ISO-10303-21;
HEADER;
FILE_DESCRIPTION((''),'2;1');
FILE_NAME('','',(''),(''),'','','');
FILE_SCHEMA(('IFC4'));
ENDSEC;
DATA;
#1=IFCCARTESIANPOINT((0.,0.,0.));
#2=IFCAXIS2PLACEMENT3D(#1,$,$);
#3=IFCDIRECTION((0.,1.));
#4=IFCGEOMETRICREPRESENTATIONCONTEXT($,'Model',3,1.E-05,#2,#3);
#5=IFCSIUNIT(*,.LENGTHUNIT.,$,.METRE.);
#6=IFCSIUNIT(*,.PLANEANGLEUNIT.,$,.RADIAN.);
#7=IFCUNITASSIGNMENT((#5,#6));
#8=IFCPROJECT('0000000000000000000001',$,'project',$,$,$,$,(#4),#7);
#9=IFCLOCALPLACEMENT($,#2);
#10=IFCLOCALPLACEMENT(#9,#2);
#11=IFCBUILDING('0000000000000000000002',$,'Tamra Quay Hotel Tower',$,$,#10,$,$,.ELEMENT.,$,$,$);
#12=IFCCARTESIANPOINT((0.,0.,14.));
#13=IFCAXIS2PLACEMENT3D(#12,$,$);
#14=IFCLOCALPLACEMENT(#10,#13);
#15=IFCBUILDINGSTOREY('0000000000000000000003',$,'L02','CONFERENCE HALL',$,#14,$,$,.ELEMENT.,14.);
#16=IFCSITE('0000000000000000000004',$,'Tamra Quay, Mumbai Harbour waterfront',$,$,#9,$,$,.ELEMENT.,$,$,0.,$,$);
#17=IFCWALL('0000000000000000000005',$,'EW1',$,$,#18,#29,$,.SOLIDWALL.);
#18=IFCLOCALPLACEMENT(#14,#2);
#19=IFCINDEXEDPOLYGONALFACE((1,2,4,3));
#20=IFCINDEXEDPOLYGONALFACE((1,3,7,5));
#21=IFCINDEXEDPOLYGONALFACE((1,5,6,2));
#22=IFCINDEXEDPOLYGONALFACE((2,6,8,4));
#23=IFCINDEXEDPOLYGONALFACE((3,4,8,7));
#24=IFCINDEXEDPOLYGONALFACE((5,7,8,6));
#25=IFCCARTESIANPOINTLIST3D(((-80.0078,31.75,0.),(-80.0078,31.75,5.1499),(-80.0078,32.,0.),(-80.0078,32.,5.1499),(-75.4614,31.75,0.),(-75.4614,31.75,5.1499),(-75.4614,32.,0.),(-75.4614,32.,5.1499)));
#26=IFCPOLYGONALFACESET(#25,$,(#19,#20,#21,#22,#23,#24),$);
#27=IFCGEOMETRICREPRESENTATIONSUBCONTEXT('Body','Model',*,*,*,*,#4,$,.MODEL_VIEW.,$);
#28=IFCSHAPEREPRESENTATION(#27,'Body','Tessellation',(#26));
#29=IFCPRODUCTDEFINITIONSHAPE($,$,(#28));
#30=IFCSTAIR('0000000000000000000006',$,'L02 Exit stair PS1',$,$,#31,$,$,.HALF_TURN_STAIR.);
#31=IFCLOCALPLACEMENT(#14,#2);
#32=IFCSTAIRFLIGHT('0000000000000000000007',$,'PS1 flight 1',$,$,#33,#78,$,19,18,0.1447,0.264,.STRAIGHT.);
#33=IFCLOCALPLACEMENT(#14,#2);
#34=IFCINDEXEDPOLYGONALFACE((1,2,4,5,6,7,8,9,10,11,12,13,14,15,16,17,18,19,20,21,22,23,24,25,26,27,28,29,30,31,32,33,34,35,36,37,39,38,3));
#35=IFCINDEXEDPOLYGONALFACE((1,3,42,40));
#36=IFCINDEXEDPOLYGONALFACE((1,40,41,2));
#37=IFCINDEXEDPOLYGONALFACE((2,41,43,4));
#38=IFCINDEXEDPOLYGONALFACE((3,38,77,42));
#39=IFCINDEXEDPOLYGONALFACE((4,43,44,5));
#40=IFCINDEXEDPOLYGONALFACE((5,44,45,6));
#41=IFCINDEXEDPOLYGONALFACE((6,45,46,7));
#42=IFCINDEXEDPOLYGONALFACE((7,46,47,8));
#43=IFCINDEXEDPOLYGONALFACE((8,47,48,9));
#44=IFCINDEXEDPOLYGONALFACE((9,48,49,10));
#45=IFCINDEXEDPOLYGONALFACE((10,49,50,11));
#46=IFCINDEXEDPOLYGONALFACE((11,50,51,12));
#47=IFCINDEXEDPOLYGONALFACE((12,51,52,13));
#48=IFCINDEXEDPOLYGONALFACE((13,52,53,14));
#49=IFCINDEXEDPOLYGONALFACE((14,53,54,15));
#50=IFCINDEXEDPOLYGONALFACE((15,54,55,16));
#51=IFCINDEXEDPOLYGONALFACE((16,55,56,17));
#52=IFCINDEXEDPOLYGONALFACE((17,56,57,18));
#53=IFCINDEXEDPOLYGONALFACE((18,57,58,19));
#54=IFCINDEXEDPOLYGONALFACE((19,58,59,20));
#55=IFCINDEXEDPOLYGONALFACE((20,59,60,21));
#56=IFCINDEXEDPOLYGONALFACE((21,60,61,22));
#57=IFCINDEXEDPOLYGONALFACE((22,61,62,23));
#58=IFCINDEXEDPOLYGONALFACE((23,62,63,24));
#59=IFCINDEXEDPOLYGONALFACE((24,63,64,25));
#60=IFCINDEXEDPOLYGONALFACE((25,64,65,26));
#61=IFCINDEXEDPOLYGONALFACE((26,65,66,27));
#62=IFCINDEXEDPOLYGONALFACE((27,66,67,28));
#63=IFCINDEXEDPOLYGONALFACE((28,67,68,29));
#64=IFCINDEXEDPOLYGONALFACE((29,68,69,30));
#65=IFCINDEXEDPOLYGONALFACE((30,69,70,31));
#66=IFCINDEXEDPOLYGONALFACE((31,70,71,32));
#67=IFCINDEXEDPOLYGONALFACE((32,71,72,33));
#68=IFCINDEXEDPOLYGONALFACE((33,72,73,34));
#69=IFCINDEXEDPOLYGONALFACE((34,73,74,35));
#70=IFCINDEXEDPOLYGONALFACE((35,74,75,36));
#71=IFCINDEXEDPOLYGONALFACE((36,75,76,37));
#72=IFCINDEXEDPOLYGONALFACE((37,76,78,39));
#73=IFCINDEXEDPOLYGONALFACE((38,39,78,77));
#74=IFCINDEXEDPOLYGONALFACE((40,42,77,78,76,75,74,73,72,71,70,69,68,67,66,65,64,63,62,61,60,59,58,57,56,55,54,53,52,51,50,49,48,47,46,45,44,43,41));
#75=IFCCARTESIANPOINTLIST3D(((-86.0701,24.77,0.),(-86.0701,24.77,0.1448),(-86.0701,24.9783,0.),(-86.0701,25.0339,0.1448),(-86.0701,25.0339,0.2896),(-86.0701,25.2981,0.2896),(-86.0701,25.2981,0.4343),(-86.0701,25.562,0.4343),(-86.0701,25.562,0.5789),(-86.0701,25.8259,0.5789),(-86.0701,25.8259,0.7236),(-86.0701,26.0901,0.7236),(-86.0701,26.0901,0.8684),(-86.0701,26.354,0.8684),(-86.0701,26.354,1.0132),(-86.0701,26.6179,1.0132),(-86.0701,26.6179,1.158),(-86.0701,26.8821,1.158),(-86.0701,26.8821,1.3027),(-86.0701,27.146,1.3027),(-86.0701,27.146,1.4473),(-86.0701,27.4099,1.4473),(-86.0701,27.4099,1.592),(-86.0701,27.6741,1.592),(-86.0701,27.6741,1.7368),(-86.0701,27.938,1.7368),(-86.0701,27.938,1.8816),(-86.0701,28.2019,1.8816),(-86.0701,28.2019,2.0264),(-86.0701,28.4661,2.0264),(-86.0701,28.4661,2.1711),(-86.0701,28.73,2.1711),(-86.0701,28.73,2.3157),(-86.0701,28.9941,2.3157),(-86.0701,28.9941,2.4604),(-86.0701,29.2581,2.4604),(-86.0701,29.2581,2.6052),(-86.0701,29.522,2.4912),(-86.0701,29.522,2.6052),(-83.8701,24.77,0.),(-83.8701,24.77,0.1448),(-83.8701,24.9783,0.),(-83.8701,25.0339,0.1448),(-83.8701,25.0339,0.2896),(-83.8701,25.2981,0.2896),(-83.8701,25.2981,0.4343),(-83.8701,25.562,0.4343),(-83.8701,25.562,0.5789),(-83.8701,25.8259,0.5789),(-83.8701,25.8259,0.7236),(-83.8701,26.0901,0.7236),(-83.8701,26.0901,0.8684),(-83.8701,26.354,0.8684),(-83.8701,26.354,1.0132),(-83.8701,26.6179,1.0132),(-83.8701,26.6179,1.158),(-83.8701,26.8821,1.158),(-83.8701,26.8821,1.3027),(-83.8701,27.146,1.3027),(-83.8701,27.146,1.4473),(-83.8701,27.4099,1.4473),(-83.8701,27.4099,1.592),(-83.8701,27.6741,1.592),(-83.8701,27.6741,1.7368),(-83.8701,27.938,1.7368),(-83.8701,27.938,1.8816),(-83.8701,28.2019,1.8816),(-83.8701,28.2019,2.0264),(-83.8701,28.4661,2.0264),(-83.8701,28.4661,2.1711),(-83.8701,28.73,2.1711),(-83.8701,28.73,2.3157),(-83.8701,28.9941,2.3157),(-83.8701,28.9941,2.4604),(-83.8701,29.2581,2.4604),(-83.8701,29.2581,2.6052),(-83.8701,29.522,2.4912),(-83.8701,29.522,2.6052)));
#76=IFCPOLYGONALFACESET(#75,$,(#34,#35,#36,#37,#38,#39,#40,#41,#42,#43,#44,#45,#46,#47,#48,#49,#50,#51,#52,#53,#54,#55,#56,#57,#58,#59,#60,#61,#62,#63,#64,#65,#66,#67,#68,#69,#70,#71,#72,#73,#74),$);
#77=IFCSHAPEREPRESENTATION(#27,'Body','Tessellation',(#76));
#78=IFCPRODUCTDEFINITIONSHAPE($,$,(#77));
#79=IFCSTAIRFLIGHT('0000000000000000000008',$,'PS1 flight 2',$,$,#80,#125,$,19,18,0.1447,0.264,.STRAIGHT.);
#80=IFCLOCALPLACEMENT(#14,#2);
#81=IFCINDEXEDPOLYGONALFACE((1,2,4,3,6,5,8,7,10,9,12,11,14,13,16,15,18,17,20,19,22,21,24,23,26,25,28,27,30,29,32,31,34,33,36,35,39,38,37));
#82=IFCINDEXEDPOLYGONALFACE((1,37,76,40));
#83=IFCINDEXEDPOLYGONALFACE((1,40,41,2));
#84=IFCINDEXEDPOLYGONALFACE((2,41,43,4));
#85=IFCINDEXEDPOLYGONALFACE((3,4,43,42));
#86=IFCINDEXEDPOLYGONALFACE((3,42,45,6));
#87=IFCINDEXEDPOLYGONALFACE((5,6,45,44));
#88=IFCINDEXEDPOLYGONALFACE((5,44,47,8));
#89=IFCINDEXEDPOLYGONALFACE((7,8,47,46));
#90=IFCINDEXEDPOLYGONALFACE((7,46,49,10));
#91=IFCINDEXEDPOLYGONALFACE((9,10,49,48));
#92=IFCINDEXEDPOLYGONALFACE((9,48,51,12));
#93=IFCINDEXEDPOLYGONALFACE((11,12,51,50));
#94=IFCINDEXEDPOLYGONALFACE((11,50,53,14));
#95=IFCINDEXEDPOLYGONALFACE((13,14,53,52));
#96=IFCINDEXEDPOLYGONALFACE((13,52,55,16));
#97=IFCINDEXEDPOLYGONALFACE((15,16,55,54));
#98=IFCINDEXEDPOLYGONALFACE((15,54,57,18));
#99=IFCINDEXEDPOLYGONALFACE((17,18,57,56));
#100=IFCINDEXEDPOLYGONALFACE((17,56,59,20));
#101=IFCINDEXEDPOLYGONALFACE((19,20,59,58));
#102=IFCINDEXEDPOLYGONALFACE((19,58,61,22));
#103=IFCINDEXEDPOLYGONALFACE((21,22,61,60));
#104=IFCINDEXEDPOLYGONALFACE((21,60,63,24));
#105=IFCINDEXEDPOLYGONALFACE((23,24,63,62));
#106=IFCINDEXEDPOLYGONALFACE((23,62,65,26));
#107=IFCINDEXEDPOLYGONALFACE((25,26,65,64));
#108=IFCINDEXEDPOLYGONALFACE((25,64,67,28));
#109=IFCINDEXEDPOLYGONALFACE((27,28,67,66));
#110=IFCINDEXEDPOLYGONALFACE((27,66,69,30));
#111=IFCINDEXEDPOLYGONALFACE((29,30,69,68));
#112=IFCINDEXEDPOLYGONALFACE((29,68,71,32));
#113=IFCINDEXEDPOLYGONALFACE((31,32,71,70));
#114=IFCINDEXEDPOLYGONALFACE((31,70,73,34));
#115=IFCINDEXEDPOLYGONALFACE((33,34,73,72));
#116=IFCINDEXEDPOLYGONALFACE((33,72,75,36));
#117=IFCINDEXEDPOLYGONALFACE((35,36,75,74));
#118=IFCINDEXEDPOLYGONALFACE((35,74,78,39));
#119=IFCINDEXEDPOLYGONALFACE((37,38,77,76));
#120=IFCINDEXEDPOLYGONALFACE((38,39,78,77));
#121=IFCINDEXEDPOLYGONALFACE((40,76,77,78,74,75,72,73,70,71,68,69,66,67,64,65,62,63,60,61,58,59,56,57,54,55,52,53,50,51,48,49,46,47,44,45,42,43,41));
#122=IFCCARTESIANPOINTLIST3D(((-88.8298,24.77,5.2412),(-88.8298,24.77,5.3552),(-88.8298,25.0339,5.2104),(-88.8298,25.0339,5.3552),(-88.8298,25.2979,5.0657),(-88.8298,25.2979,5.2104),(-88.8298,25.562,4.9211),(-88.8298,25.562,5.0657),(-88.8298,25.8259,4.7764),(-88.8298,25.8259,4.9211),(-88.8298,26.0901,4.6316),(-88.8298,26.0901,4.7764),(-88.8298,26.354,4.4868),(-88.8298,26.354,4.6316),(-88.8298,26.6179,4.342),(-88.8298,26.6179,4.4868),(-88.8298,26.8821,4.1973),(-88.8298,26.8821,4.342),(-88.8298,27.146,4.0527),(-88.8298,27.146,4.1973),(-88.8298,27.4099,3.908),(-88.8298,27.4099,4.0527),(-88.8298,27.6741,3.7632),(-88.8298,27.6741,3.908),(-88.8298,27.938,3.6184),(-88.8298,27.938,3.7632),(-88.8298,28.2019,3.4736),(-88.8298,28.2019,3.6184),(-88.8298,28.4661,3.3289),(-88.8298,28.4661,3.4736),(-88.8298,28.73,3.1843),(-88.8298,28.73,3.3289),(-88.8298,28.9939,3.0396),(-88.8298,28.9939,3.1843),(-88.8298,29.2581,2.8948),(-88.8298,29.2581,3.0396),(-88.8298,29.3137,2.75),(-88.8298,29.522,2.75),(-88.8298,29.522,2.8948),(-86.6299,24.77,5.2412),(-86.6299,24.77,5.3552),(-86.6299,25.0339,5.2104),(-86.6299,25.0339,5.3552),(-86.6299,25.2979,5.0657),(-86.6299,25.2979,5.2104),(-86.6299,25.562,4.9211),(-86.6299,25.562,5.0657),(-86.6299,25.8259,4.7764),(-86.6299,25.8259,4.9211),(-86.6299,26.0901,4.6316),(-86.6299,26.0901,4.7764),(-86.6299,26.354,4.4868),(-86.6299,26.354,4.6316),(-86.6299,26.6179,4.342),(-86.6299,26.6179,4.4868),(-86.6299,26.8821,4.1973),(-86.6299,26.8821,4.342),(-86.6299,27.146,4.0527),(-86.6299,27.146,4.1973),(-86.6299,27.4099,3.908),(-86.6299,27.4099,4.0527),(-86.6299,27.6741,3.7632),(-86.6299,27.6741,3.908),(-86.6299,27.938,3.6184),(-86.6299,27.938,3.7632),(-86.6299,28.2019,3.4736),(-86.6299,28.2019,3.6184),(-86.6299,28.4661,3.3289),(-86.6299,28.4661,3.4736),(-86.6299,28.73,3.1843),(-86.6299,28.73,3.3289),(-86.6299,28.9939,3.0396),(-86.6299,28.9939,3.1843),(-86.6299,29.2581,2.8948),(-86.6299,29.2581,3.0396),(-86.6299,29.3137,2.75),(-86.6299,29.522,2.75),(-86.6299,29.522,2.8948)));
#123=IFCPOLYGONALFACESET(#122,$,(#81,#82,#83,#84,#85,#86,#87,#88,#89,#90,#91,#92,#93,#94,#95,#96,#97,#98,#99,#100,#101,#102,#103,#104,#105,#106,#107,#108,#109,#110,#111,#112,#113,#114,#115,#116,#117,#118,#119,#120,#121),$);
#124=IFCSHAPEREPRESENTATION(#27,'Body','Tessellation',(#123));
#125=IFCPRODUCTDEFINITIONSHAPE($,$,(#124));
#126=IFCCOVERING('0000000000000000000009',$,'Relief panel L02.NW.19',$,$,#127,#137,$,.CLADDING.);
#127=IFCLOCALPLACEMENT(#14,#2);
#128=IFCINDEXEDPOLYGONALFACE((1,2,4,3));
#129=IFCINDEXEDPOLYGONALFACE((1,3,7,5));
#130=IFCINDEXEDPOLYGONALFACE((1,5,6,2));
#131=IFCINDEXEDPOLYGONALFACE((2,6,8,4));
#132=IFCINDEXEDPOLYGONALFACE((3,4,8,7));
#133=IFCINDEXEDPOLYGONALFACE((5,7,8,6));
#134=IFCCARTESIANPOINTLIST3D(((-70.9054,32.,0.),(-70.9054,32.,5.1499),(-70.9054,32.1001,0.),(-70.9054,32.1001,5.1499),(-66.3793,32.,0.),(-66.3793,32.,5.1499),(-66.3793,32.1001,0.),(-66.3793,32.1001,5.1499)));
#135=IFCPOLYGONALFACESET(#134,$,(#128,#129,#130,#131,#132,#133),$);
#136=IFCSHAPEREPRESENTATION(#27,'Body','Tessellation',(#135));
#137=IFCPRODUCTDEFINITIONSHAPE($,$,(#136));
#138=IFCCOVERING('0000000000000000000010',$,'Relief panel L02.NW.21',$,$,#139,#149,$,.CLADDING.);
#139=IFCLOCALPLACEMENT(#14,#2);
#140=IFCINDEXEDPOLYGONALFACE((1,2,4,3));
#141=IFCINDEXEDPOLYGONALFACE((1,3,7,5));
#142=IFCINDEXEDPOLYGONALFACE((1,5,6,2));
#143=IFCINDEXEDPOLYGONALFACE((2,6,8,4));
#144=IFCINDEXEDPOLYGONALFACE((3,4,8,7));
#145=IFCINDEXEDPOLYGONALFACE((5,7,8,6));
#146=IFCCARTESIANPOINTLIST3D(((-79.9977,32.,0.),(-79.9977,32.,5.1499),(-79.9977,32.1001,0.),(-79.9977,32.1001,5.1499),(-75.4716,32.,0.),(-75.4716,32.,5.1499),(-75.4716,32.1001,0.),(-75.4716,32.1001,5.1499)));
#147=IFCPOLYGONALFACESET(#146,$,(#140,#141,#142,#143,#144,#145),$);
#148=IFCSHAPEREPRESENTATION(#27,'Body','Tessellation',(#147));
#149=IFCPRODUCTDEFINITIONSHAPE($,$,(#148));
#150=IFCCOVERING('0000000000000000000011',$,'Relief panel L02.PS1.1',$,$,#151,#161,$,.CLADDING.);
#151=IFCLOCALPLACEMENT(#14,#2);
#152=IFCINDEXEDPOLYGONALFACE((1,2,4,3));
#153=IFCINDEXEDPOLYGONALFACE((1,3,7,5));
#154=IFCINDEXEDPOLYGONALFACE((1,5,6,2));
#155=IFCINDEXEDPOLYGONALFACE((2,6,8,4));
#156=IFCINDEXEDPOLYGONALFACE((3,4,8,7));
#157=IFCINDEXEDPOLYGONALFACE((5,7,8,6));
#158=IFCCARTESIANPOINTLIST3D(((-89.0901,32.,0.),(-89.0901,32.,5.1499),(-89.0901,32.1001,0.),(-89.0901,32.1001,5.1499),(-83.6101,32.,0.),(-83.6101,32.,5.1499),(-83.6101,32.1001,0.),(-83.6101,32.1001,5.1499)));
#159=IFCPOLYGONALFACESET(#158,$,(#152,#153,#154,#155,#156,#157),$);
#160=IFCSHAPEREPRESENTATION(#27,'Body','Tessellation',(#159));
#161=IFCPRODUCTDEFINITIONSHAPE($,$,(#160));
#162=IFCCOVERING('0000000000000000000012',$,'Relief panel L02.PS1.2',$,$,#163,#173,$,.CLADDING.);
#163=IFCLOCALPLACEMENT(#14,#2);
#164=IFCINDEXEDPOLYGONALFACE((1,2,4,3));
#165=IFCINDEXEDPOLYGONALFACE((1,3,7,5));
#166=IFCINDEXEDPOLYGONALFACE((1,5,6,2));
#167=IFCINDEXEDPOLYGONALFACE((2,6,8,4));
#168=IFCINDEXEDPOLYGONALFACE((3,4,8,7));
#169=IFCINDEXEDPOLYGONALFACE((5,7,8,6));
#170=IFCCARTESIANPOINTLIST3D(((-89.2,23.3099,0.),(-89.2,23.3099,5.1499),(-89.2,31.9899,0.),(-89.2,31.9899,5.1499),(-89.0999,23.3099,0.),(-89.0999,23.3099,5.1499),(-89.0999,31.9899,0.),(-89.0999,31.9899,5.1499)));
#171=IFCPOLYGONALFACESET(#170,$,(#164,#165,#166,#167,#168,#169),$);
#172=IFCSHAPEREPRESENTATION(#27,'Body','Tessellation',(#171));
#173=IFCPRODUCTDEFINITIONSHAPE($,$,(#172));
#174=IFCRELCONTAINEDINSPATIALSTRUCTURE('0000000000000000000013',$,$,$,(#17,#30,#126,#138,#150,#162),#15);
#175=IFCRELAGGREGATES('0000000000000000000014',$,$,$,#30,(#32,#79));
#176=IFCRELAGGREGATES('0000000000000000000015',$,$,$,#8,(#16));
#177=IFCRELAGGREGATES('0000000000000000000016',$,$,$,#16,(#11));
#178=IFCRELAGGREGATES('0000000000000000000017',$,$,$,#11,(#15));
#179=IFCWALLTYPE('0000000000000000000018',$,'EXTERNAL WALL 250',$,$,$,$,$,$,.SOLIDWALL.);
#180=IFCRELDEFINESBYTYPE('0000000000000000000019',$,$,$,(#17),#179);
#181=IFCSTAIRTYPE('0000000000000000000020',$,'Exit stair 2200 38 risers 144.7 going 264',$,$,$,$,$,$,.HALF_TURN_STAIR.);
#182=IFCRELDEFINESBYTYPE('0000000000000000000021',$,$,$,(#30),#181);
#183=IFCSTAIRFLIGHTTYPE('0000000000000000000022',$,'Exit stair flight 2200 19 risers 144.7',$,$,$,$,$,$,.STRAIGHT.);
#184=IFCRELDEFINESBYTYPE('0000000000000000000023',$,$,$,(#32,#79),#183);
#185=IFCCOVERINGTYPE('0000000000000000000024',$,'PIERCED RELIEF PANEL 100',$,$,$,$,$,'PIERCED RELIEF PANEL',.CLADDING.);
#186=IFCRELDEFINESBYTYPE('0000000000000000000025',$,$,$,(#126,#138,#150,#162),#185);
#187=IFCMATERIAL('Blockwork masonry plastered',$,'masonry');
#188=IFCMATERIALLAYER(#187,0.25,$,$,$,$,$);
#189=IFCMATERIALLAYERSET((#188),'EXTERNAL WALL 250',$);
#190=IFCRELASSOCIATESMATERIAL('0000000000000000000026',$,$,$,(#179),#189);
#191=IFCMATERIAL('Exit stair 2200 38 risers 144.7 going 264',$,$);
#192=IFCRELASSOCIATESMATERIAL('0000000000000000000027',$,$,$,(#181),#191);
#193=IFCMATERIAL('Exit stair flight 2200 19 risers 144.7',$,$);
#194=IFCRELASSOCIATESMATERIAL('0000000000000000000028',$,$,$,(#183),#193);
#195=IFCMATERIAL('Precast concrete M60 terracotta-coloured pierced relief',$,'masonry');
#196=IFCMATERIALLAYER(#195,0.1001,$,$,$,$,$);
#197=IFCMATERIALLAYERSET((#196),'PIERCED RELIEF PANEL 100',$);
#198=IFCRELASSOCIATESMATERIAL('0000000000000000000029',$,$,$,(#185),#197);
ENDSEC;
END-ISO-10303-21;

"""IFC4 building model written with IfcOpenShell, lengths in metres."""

from ifc_helpers import new_model, si_unit, direction, frame, frame_2d, origin, origin_2d, place, context, subcontext, project, spatial, polyline, rectangle, outline, extrude, material, layer, layer_set, type_object, element, aggregate, save


model = new_model("IFC4")

# Units and contexts
model_context = context("Model", 3, precision=1e-05, world=origin(), true_north=direction((0.0, 1.0)))
body_context = subcontext(model_context, "Body", "Model", "MODEL_VIEW")
ifc_project = project(units=[si_unit("LENGTHUNIT", "METRE"), si_unit("PLANEANGLEUNIT", "RADIAN")], contexts=[model_context])

# Site, building, storey
site_placement = place(None, origin())
site = spatial("IfcSite", under=ifc_project, at=site_placement, Name="Tamra Quay, Mumbai Harbour waterfront", CompositionType="ELEMENT", RefElevation=0.0)
building_placement = place(site_placement, origin())
building = spatial("IfcBuilding", under=site, at=building_placement, Name="Tamra Quay Hotel Tower", CompositionType="ELEMENT")
storey_placement = place(building_placement, frame((0.0, 0.0, 14.0)))
storey = spatial("IfcBuildingStorey", under=building, at=storey_placement, Name="L02", Description="CONFERENCE HALL", CompositionType="ELEMENT", Elevation=14.0)

# Wall
ifc_material_1 = material(Name="Blockwork masonry plastered", Category="masonry")
ifc_layer_1 = layer(ifc_material_1, 0.25)
ifc_layer_set_1 = layer_set([ifc_layer_1], Name="EXTERNAL WALL 250")
wall_type_1 = type_object("IfcWallType", Name="EXTERNAL WALL 250", PredefinedType="SOLIDWALL", material=ifc_layer_set_1)
wall_1_placement = place(storey_placement, frame((-80.0078, 31.875, 0.0), z_axis=(0.0, 0.0, 1.0), x_axis=(1.0, 0.0, 0.0)))
element("IfcWall", 1, at=wall_1_placement, inside=storey, type_object=wall_type_1, Name="EW1", PredefinedType="SOLIDWALL", context=body_context, shape_type="SweptSolid", body=[
    extrude(rectangle(XDim=4.5464, YDim=0.25, at=frame_2d((2.2732, 0.0))), origin(), (0.0, 0.0, 1.0), 5.1499),
])

# Stair, stair flights
ifc_material_2 = material(Name="Exit stair 2200 38 risers 144.7 going 264")
stair_type = type_object("IfcStairType", Name="Exit stair 2200 38 risers 144.7 going 264", PredefinedType="HALF_TURN_STAIR", material=ifc_material_2)
stair_placement = place(storey_placement, origin())
stair = element("IfcStair", 2, at=stair_placement, inside=storey, type_object=stair_type, Name="L02 Exit stair PS1", PredefinedType="HALF_TURN_STAIR")
ifc_material_3 = material(Name="Exit stair flight 2200 19 risers 144.7")
stair_flight_type = type_object("IfcStairFlightType", Name="Exit stair flight 2200 19 risers 144.7", PredefinedType="STRAIGHT", material=ifc_material_3)
stair_flight_1_placement = place(storey_placement, frame((-84.97, 24.77, 0.0), z_axis=(0.0, 0.0, 1.0), x_axis=(0.0, 1.0, 0.0)))
stair_flight_1 = element("IfcStairFlight", 3, at=stair_flight_1_placement, type_object=stair_flight_type, Name="PS1 flight 1", NumberOfRisers=19, NumberOfTreads=18, PredefinedType="STRAIGHT", RiserHeight=0.1447, TreadLength=0.264, context=body_context, shape_type="SweptSolid", body=[
    extrude(outline(polyline([(0.0, 0.0), (0.0, 0.1448), (0.2639, 0.1448), (0.2639, 0.2896), (0.5281, 0.2896), (0.5281, 0.4343), (0.792, 0.4343), (0.792, 0.5789), (1.0559, 0.5789), (1.0559, 0.7236), (1.3201, 0.7236), (1.3201, 0.8684), (1.584, 0.8684), (1.584, 1.0132), (1.8479, 1.0132), (1.8479, 1.158), (2.1121, 1.158), (2.1121, 1.3027), (2.376, 1.3027), (2.376, 1.4473), (2.6399, 1.4473), (2.6399, 1.592), (2.9041, 1.592), (2.9041, 1.7368), (3.168, 1.7368), (3.168, 1.8816), (3.4319, 1.8816), (3.4319, 2.0264), (3.696, 2.0264), (3.696, 2.1711), (3.96, 2.1711), (3.96, 2.3157), (4.2241, 2.3157), (4.2241, 2.4604), (4.488, 2.4604), (4.488, 2.6052), (4.752, 2.6052), (4.752, 2.75), (4.752, 2.4912), (0.2083, 0.0), (0.0, 0.0)])), frame((0.0, 1.1001, 0.0), z_axis=(0.0, -1.0, 0.0), x_axis=(1.0, 0.0, 0.0)), (0.0, 0.0, 1.0), 2.2),
])
stair_flight_2_placement = place(storey_placement, frame((-87.73, 29.522, 2.75), z_axis=(0.0, 0.0, 1.0), x_axis=(0.0, -1.0, 0.0)))
stair_flight_2 = element("IfcStairFlight", 4, at=stair_flight_2_placement, type_object=stair_flight_type, Name="PS1 flight 2", NumberOfRisers=19, NumberOfTreads=18, PredefinedType="STRAIGHT", RiserHeight=0.1447, TreadLength=0.264, context=body_context, shape_type="SweptSolid", body=[
    extrude(outline(polyline([(0.0, 0.0), (0.0, 0.1448), (0.2639, 0.1448), (0.2639, 0.2896), (0.5281, 0.2896), (0.5281, 0.4343), (0.792, 0.4343), (0.792, 0.5789), (1.0559, 0.5789), (1.0559, 0.7236), (1.3201, 0.7236), (1.3201, 0.8684), (1.584, 0.8684), (1.584, 1.0132), (1.8479, 1.0132), (1.8479, 1.158), (2.1121, 1.158), (2.1121, 1.3027), (2.376, 1.3027), (2.376, 1.4473), (2.6399, 1.4473), (2.6399, 1.592), (2.9041, 1.592), (2.9041, 1.7368), (3.168, 1.7368), (3.168, 1.8816), (3.4319, 1.8816), (3.4319, 2.0264), (3.696, 2.0264), (3.696, 2.1711), (3.96, 2.1711), (3.96, 2.3157), (4.2241, 2.3157), (4.2241, 2.4604), (4.488, 2.4604), (4.488, 2.6052), (4.752, 2.6052), (4.752, 2.75), (4.752, 2.4912), (0.2083, 0.0), (0.0, 0.0)])), frame((0.0, 1.1001, 0.0), z_axis=(0.0, -1.0, 0.0), x_axis=(1.0, 0.0, 0.0)), (0.0, 0.0, 1.0), 2.2),
])
aggregate(stair, [stair_flight_1, stair_flight_2])

# Coverings
ifc_material_4 = material(Name="Precast concrete M60 terracotta-coloured pierced relief", Category="masonry")
ifc_layer_2 = layer(ifc_material_4, 0.1001)
ifc_layer_set_2 = layer_set([ifc_layer_2], Name="PIERCED RELIEF PANEL 100")
covering_type_1 = type_object("IfcCoveringType", Name="PIERCED RELIEF PANEL 100", ElementType="PIERCED RELIEF PANEL", PredefinedType="CLADDING", material=ifc_layer_set_2)
for number, where, z_axis, x_axis, name in (
    (5, (-68.6423, 32.05, 0.0), (0.0, 0.0, 1.0), (-1.0, 0.0, 0.0), "Relief panel L02.NW.19"),
    (6, (-77.7346, 32.05, 0.0), (0.0, 0.0, 1.0), (-1.0, 0.0, 0.0), "Relief panel L02.NW.21"),
):
    element("IfcCovering", number, at=place(storey_placement, frame(where, z_axis=z_axis, x_axis=x_axis)), inside=storey, type_object=covering_type_1, Name=name, PredefinedType="CLADDING", context=body_context, shape_type="SweptSolid", body=[
        extrude(rectangle(XDim=4.5261, YDim=0.1001, at=origin_2d()), origin(), (0.0, 0.0, 1.0), 5.1499),
    ])
covering_1_placement = place(storey_placement, frame((-86.3501, 32.05, 0.0), z_axis=(0.0, 0.0, 1.0), x_axis=(-1.0, 0.0, 0.0)))
element("IfcCovering", 7, at=covering_1_placement, inside=storey, type_object=covering_type_1, Name="Relief panel L02.PS1.1", PredefinedType="CLADDING", context=body_context, shape_type="SweptSolid", body=[
    extrude(rectangle(XDim=5.48, YDim=0.1001, at=origin_2d()), origin(), (0.0, 0.0, 1.0), 5.1499),
])
covering_2_placement = place(storey_placement, frame((-89.1499, 27.6499, 0.0), z_axis=(0.0, 0.0, 1.0), x_axis=(0.0, -1.0, 0.0)))
element("IfcCovering", 8, at=covering_2_placement, inside=storey, type_object=covering_type_1, Name="Relief panel L02.PS1.2", PredefinedType="CLADDING", context=body_context, shape_type="SweptSolid", body=[
    extrude(rectangle(XDim=8.6799, YDim=0.1001, at=origin_2d()), origin(), (0.0, 0.0, 1.0), 5.1499),
])

save(model, "model.ifc")
